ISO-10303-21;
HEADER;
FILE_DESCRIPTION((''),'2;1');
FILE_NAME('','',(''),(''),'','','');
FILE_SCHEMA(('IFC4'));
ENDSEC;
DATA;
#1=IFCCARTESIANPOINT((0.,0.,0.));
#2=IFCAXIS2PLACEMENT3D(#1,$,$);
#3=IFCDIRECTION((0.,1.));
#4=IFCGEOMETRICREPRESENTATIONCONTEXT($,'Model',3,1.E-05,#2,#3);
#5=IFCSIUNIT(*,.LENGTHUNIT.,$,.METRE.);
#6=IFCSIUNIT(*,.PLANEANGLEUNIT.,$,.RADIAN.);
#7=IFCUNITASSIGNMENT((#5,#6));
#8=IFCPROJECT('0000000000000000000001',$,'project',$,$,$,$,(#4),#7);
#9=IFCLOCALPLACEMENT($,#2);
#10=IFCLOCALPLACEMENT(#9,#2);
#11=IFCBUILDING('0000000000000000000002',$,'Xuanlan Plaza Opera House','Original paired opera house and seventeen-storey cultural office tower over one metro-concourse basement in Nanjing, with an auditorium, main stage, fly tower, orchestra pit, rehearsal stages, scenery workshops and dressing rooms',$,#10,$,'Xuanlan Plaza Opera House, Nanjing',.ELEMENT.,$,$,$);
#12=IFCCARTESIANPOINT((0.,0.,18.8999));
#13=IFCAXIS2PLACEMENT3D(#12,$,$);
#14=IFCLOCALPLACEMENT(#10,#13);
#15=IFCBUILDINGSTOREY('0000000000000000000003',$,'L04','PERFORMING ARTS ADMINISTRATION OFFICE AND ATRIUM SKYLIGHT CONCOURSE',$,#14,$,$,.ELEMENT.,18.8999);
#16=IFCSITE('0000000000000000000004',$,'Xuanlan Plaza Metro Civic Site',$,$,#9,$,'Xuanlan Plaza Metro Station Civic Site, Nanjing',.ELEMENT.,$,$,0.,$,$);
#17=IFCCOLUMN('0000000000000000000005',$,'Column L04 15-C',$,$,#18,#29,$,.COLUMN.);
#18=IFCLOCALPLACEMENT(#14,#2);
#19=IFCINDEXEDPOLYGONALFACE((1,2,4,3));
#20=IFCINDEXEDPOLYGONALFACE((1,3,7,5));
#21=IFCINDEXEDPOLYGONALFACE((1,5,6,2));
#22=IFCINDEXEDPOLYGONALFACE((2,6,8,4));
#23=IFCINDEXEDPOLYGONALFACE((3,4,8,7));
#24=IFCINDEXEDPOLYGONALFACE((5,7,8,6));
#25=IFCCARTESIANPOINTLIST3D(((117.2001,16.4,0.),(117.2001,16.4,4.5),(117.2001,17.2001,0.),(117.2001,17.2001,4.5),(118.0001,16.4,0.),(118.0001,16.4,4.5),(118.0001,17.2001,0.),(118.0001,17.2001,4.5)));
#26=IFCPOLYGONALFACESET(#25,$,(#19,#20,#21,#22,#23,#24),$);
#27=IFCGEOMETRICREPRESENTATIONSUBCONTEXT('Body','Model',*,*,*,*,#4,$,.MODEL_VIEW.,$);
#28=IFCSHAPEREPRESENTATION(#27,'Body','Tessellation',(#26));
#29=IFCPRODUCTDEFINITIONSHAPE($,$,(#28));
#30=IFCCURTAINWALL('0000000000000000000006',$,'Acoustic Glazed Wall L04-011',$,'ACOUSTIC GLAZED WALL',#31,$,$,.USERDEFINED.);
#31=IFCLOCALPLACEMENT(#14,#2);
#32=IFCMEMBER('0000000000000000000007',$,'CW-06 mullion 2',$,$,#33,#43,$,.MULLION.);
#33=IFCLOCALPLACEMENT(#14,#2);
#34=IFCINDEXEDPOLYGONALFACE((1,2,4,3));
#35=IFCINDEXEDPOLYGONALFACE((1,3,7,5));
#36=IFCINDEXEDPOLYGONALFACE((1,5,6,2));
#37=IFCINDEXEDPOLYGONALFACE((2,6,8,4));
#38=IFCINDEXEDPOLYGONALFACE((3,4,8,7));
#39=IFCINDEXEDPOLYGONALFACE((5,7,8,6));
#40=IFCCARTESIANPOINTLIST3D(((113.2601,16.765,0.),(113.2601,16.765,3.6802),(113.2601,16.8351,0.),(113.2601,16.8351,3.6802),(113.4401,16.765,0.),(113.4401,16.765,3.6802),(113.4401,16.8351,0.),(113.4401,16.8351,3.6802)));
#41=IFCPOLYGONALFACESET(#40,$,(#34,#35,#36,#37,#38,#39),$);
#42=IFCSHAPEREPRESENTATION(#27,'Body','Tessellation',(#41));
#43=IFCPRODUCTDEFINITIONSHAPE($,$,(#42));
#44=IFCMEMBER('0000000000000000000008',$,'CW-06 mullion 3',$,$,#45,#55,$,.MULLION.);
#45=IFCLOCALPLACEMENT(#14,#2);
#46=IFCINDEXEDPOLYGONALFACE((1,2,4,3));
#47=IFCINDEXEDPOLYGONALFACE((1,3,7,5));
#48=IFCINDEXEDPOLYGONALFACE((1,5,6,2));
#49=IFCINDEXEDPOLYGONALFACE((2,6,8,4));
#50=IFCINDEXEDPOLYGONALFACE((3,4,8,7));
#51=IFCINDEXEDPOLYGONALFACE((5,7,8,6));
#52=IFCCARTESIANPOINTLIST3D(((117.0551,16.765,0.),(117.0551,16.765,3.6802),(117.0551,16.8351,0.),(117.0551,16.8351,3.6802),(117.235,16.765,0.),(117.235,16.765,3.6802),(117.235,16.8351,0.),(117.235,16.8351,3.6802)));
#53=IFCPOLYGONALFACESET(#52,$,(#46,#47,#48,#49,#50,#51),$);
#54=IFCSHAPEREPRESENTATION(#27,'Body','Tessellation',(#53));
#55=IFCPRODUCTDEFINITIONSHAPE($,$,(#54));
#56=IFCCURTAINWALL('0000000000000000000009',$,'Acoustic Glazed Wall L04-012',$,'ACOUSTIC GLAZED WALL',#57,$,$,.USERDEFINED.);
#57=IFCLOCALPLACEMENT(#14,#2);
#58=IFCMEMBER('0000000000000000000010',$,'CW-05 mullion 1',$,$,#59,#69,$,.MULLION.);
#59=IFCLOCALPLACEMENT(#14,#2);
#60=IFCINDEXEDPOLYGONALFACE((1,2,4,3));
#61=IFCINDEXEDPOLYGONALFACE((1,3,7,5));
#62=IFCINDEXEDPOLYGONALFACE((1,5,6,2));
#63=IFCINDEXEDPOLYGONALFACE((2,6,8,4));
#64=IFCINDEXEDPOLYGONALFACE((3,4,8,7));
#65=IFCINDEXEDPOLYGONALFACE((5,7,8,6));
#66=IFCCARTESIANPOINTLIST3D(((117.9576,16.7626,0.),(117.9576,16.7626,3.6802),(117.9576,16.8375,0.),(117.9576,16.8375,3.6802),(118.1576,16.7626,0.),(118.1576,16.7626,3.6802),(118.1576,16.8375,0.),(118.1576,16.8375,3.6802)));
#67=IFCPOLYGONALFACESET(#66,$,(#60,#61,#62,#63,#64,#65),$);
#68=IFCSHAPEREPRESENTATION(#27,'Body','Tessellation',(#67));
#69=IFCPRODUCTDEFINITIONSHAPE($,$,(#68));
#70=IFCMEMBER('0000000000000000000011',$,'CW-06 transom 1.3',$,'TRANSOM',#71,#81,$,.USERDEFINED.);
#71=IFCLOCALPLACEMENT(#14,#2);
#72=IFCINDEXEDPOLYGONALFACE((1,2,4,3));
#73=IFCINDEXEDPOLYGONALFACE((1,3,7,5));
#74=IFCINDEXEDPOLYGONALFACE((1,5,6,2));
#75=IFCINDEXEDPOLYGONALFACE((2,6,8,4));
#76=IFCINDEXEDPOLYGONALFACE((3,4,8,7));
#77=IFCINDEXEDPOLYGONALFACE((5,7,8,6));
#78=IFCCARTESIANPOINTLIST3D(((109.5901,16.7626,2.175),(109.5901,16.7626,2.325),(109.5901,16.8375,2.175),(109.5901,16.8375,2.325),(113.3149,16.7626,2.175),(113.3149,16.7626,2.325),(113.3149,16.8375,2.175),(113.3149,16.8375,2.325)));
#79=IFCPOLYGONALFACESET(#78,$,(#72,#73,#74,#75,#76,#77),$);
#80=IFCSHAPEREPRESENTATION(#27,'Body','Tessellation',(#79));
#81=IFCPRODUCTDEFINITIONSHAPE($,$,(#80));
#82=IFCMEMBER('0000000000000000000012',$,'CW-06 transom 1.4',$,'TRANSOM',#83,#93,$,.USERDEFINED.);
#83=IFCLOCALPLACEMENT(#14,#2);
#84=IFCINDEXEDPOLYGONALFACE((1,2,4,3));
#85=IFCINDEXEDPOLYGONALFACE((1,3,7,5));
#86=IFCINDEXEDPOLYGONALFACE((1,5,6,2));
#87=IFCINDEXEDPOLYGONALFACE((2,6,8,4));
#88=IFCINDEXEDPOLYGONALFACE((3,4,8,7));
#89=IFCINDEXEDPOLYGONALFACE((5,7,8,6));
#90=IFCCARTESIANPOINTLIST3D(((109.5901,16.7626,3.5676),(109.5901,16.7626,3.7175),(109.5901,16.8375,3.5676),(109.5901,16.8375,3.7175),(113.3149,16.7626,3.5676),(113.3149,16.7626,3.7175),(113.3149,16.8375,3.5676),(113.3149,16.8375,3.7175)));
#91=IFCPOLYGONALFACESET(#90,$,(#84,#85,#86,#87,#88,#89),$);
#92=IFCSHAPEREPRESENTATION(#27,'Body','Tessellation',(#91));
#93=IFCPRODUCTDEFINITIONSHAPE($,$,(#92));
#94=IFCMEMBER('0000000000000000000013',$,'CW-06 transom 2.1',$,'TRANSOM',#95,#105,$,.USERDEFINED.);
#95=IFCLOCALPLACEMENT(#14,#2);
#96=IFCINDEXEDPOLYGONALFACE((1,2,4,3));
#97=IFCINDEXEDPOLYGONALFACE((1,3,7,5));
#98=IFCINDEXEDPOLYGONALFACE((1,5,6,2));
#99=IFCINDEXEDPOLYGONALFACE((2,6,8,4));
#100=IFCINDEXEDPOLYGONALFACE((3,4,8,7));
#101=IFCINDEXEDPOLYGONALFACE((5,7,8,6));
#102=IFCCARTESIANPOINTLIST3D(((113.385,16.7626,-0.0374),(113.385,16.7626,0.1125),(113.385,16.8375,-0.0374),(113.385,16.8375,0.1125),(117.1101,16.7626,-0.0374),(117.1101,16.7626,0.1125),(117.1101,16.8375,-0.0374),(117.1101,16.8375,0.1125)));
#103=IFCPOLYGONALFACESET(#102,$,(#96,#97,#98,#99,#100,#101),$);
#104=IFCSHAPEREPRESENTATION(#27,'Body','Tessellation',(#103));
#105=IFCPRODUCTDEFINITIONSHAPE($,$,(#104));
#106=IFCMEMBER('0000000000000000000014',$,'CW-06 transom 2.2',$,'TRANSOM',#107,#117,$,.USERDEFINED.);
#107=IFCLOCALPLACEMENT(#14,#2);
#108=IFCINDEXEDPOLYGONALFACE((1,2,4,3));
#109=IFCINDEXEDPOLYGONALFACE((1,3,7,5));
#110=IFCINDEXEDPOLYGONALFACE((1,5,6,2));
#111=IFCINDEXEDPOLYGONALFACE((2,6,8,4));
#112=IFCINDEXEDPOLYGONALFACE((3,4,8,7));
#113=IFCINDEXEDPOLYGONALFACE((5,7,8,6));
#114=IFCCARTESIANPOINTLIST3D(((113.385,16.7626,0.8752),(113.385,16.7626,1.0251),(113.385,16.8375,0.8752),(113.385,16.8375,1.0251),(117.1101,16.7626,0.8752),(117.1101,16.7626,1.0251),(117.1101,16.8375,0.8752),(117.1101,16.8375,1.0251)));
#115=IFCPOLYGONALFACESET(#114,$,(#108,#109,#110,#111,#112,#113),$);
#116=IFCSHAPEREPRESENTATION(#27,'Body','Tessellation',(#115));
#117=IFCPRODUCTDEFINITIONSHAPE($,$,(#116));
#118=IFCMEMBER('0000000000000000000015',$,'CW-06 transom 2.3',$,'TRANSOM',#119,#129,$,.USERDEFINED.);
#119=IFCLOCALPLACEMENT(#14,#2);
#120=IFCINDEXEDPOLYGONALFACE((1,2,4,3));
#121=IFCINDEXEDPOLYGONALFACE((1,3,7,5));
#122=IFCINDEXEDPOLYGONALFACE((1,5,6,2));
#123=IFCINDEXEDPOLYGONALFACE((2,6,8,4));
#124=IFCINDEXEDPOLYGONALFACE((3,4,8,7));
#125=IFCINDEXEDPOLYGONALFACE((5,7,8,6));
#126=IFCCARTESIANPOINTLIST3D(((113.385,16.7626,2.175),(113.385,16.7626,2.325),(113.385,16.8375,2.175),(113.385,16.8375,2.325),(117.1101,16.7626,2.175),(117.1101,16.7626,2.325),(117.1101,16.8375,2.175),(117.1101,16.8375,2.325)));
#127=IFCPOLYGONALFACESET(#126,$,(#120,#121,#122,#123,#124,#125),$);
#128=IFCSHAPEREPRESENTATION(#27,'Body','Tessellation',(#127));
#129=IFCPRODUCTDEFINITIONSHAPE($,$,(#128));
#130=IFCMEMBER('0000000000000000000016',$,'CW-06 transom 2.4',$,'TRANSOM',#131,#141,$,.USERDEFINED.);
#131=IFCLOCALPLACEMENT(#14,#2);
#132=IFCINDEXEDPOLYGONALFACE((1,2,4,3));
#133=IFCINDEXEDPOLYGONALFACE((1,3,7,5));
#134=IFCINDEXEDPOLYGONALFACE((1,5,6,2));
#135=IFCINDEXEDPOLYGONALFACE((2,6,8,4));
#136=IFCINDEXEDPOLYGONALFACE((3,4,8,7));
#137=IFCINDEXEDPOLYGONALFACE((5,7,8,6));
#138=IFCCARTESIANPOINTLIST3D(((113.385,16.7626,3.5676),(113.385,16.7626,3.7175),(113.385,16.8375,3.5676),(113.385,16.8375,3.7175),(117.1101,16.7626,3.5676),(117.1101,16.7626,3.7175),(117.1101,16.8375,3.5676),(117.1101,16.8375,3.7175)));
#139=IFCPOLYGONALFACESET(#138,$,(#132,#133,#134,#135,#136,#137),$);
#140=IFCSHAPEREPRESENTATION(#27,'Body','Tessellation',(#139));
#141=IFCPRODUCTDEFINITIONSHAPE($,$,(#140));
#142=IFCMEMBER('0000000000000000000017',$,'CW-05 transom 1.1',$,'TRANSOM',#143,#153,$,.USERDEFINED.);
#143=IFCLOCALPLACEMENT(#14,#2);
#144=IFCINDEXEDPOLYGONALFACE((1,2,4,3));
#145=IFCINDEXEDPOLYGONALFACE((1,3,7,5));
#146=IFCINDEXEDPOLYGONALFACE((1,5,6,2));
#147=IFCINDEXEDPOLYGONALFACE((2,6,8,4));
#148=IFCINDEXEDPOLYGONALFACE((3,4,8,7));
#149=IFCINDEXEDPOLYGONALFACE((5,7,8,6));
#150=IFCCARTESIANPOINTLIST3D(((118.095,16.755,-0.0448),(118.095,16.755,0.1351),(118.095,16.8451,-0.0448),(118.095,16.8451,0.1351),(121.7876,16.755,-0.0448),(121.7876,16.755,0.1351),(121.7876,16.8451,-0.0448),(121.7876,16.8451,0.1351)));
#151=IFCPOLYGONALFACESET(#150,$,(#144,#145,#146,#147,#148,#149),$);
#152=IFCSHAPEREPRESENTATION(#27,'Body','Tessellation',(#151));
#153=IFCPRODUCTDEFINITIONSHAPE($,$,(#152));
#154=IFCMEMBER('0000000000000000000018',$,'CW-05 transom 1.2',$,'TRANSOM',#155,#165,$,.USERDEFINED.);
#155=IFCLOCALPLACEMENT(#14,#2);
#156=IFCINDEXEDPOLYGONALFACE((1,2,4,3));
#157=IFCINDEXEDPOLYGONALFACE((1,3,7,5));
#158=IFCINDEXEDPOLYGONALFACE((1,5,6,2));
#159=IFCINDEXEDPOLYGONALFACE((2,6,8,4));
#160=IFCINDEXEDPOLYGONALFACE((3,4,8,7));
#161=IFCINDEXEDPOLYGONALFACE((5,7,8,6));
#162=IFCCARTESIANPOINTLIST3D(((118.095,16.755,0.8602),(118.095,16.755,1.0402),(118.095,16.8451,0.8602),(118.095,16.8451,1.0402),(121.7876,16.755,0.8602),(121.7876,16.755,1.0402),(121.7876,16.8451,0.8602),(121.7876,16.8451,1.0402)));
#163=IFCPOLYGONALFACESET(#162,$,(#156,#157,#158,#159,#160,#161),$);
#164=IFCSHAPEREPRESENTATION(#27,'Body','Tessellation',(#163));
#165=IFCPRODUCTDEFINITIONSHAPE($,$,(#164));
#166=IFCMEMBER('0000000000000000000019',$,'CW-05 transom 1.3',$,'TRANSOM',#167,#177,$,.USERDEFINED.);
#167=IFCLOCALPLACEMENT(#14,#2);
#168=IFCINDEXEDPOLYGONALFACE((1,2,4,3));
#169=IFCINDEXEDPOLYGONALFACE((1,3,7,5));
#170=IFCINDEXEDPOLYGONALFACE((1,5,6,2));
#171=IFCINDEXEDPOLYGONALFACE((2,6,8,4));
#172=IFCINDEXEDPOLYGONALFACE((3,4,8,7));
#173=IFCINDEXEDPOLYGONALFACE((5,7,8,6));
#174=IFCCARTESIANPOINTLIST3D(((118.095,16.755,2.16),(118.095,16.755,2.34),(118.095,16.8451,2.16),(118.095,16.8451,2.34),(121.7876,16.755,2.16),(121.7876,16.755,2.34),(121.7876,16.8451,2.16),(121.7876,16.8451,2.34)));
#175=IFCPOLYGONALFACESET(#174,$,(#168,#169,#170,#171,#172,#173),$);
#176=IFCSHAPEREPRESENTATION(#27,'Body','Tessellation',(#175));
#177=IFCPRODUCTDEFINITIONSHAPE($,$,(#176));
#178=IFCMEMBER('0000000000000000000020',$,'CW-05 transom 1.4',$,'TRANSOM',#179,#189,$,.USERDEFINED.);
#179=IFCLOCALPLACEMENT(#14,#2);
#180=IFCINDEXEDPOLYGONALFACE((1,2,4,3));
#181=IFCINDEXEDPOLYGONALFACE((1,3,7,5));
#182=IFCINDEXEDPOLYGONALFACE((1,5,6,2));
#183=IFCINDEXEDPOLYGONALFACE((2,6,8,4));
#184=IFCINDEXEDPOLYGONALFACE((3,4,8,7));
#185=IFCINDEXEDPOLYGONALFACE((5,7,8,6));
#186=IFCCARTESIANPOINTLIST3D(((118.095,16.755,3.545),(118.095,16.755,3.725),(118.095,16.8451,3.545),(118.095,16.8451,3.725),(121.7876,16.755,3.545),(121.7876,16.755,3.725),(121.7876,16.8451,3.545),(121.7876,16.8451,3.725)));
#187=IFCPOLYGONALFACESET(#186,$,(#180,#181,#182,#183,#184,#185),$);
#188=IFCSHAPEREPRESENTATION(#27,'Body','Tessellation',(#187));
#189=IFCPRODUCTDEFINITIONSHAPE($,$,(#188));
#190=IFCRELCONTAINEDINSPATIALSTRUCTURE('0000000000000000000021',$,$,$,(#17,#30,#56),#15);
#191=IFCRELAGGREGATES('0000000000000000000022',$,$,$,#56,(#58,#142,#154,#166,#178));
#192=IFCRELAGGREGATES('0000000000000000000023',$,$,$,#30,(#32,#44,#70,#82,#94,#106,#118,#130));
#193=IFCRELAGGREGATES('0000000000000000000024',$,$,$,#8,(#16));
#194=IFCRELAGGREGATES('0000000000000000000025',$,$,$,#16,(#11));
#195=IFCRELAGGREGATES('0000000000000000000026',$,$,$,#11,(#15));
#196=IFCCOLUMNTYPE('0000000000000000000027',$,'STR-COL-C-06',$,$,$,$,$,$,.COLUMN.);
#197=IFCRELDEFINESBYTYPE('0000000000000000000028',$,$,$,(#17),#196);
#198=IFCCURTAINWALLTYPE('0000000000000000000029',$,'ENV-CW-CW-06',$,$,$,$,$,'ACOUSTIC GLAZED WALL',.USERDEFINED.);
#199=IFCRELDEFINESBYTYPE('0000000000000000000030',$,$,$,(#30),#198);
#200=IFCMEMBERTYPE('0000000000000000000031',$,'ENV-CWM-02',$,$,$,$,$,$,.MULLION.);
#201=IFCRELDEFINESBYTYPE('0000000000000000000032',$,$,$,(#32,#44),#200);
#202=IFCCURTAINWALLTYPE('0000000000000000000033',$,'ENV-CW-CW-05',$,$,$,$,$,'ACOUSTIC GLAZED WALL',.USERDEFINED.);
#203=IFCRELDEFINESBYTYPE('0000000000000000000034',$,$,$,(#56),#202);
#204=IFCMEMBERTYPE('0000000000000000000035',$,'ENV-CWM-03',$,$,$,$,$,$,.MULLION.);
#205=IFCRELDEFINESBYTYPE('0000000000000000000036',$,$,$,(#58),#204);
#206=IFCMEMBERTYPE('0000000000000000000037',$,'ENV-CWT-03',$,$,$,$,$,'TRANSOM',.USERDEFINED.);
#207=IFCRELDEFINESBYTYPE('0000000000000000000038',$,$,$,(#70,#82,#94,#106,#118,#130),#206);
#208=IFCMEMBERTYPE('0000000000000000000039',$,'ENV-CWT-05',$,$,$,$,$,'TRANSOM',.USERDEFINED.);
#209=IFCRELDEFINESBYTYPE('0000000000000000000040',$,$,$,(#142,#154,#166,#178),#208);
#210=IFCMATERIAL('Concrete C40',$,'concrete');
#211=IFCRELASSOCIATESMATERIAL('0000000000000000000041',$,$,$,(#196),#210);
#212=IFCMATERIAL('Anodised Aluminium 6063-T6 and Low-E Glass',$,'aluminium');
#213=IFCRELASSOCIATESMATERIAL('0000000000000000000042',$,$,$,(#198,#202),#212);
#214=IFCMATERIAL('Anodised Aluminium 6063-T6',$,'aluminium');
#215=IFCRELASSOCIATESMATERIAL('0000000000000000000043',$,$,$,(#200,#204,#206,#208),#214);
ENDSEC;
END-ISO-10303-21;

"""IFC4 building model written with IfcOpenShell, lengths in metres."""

from ifc_helpers import new_model, si_unit, direction, frame, origin, origin_2d, place, context, subcontext, project, spatial, rectangle, extrude, material, material_profile, profile_set, type_object, element, aggregate, save


model = new_model("IFC4")

# Units and contexts
model_context = context("Model", 3, precision=1e-05, world=origin(), true_north=direction((0.0, 1.0)))
body_context = subcontext(model_context, "Body", "Model", "MODEL_VIEW")
ifc_project = project(units=[si_unit("LENGTHUNIT", "METRE"), si_unit("PLANEANGLEUNIT", "RADIAN")], contexts=[model_context])

# Site, building, storey
site_placement = place(None, origin())
site = spatial("IfcSite", under=ifc_project, at=site_placement, Name="Xuanlan Plaza Metro Civic Site", LongName="Xuanlan Plaza Metro Station Civic Site, Nanjing", CompositionType="ELEMENT", RefElevation=0.0)
building_placement = place(site_placement, origin())
building = spatial("IfcBuilding", under=site, at=building_placement, Name="Xuanlan Plaza Opera House", Description="Original paired opera house and seventeen-storey cultural office tower over one metro-concourse basement in Nanjing, with an auditorium, main stage, fly tower, orchestra pit, rehearsal stages, scenery workshops and dressing rooms", LongName="Xuanlan Plaza Opera House, Nanjing", CompositionType="ELEMENT")
storey_placement = place(building_placement, frame((0.0, 0.0, 18.8999)))
storey = spatial("IfcBuildingStorey", under=building, at=storey_placement, Name="L04", Description="PERFORMING ARTS ADMINISTRATION OFFICE AND ATRIUM SKYLIGHT CONCOURSE", CompositionType="ELEMENT", Elevation=18.8999)

# Column
ifc_material_1 = material(Name="Concrete C40", Category="concrete")
ifc_material_profile_1 = material_profile(ifc_material_1, rectangle(XDim=0.8, YDim=0.8, at=origin_2d()), Name="RC-COL 800x800")
ifc_profile_set_1 = profile_set([ifc_material_profile_1], Name="Concrete C40")
column_type = type_object("IfcColumnType", Name="STR-COL-C-06", PredefinedType="COLUMN", material=ifc_profile_set_1)
column_placement = place(storey_placement, frame((117.6001, 16.8, 0.0), z_axis=(0.0, 0.0, 1.0), x_axis=(1.0, 0.0, 0.0)))
element("IfcColumn", 1, at=column_placement, inside=storey, type_object=column_type, Name="Column L04 15-C", PredefinedType="COLUMN", context=body_context, shape_type="SweptSolid", body=[
    extrude(rectangle(XDim=0.8, YDim=0.8, at=origin_2d()), origin(), (0.0, 0.0, 1.0), 4.5),
])

# Curtain wall, members
ifc_material_2 = material(Name="Anodised Aluminium 6063-T6 and Low-E Glass", Category="aluminium")
curtain_wall_type_1 = type_object("IfcCurtainWallType", Name="ENV-CW-CW-06", ElementType="ACOUSTIC GLAZED WALL", PredefinedType="USERDEFINED", material=ifc_material_2)
curtain_wall_1_placement = place(storey_placement, origin())
curtain_wall_1 = element("IfcCurtainWall", 2, at=curtain_wall_1_placement, inside=storey, type_object=curtain_wall_type_1, Name="Acoustic Glazed Wall L04-011", ObjectType="ACOUSTIC GLAZED WALL", PredefinedType="USERDEFINED")
ifc_material_3 = material(Name="Anodised Aluminium 6063-T6", Category="aluminium")
ifc_material_profile_2 = material_profile(ifc_material_3, rectangle(XDim=0.0701, YDim=0.1799, at=origin_2d()), Name="ALU-M 70x180")
ifc_profile_set_2 = profile_set([ifc_material_profile_2], Name="Anodised Aluminium 6063-T6")
member_type_1 = type_object("IfcMemberType", Name="ENV-CWM-02", PredefinedType="MULLION", material=ifc_profile_set_2)
member_1_placement = place(storey_placement, frame((113.3501, 16.8, 0.0), z_axis=(0.0, 0.0, 1.0), x_axis=(0.0, 1.0, 0.0)))
member_1 = element("IfcMember", 3, at=member_1_placement, type_object=member_type_1, Name="CW-06 mullion 2", PredefinedType="MULLION", context=body_context, shape_type="SweptSolid", body=[
    extrude(rectangle(XDim=0.0701, YDim=0.1799, at=origin_2d()), origin(), (0.0, 0.0, 1.0), 3.6802),
])
member_2_placement = place(storey_placement, frame((117.145, 16.8, 0.0), z_axis=(0.0, 0.0, 1.0), x_axis=(0.0, 1.0, 0.0)))
member_2 = element("IfcMember", 4, at=member_2_placement, type_object=member_type_1, Name="CW-06 mullion 3", PredefinedType="MULLION", context=body_context, shape_type="SweptSolid", body=[
    extrude(rectangle(XDim=0.0701, YDim=0.1799, at=origin_2d()), origin(), (0.0, 0.0, 1.0), 3.6802),
])

# Curtain wall, member
curtain_wall_type_2 = type_object("IfcCurtainWallType", Name="ENV-CW-CW-05", ElementType="ACOUSTIC GLAZED WALL", PredefinedType="USERDEFINED", material=ifc_material_2)
curtain_wall_2_placement = place(storey_placement, origin())
curtain_wall_2 = element("IfcCurtainWall", 5, at=curtain_wall_2_placement, inside=storey, type_object=curtain_wall_type_2, Name="Acoustic Glazed Wall L04-012", ObjectType="ACOUSTIC GLAZED WALL", PredefinedType="USERDEFINED")
ifc_material_profile_3 = material_profile(ifc_material_3, rectangle(XDim=0.075, YDim=0.2, at=origin_2d()), Name="ALU-M 75x200")
ifc_profile_set_3 = profile_set([ifc_material_profile_3], Name="Anodised Aluminium 6063-T6")
member_type_2 = type_object("IfcMemberType", Name="ENV-CWM-03", PredefinedType="MULLION", material=ifc_profile_set_3)
member_3_placement = place(storey_placement, frame((118.0576, 16.8, 0.0), z_axis=(0.0, 0.0, 1.0), x_axis=(0.0, 1.0, 0.0)))
member_3 = element("IfcMember", 6, at=member_3_placement, type_object=member_type_2, Name="CW-05 mullion 1", PredefinedType="MULLION", context=body_context, shape_type="SweptSolid", body=[
    extrude(rectangle(XDim=0.075, YDim=0.2, at=origin_2d()), origin(), (0.0, 0.0, 1.0), 3.6802),
])

# Members
ifc_material_profile_4 = material_profile(ifc_material_3, rectangle(XDim=0.075, YDim=0.1499, at=origin_2d()), Name="ALU-T 75x150")
ifc_profile_set_4 = profile_set([ifc_material_profile_4], Name="Anodised Aluminium 6063-T6")
member_type_3 = type_object("IfcMemberType", Name="ENV-CWT-03", ElementType="TRANSOM", PredefinedType="USERDEFINED", material=ifc_profile_set_4)
member_4_placement = place(storey_placement, frame((109.5901, 16.8, 2.25), z_axis=(1.0, 0.0, 0.0), x_axis=(0.0, 1.0, 0.0)))
member_4 = element("IfcMember", 7, at=member_4_placement, type_object=member_type_3, Name="CW-06 transom 1.3", ObjectType="TRANSOM", PredefinedType="USERDEFINED", context=body_context, shape_type="SweptSolid", body=[
    extrude(rectangle(XDim=0.075, YDim=0.1499, at=origin_2d()), origin(), (0.0, 0.0, 1.0), 3.7249),
])
member_5_placement = place(storey_placement, frame((109.5901, 16.8, 3.6426), z_axis=(1.0, 0.0, 0.0), x_axis=(0.0, 1.0, 0.0)))
member_5 = element("IfcMember", 8, at=member_5_placement, type_object=member_type_3, Name="CW-06 transom 1.4", ObjectType="TRANSOM", PredefinedType="USERDEFINED", context=body_context, shape_type="SweptSolid", body=[
    extrude(rectangle(XDim=0.075, YDim=0.1499, at=origin_2d()), origin(), (0.0, 0.0, 1.0), 3.7249),
])
member_6_placement = place(storey_placement, frame((113.385, 16.8, 0.0376), z_axis=(1.0, 0.0, 0.0), x_axis=(0.0, 1.0, 0.0)))
member_6 = element("IfcMember", 9, at=member_6_placement, type_object=member_type_3, Name="CW-06 transom 2.1", ObjectType="TRANSOM", PredefinedType="USERDEFINED", context=body_context, shape_type="SweptSolid", body=[
    extrude(rectangle(XDim=0.075, YDim=0.1499, at=origin_2d()), origin(), (0.0, 0.0, 1.0), 3.7251),
])
member_7_placement = place(storey_placement, frame((113.385, 16.8, 0.9502), z_axis=(1.0, 0.0, 0.0), x_axis=(0.0, 1.0, 0.0)))
member_7 = element("IfcMember", 10, at=member_7_placement, type_object=member_type_3, Name="CW-06 transom 2.2", ObjectType="TRANSOM", PredefinedType="USERDEFINED", context=body_context, shape_type="SweptSolid", body=[
    extrude(rectangle(XDim=0.075, YDim=0.1499, at=origin_2d()), origin(), (0.0, 0.0, 1.0), 3.7251),
])
member_8_placement = place(storey_placement, frame((113.385, 16.8, 2.25), z_axis=(1.0, 0.0, 0.0), x_axis=(0.0, 1.0, 0.0)))
member_8 = element("IfcMember", 11, at=member_8_placement, type_object=member_type_3, Name="CW-06 transom 2.3", ObjectType="TRANSOM", PredefinedType="USERDEFINED", context=body_context, shape_type="SweptSolid", body=[
    extrude(rectangle(XDim=0.075, YDim=0.1499, at=origin_2d()), origin(), (0.0, 0.0, 1.0), 3.7251),
])
member_9_placement = place(storey_placement, frame((113.385, 16.8, 3.6426), z_axis=(1.0, 0.0, 0.0), x_axis=(0.0, 1.0, 0.0)))
member_9 = element("IfcMember", 12, at=member_9_placement, type_object=member_type_3, Name="CW-06 transom 2.4", ObjectType="TRANSOM", PredefinedType="USERDEFINED", context=body_context, shape_type="SweptSolid", body=[
    extrude(rectangle(XDim=0.075, YDim=0.1499, at=origin_2d()), origin(), (0.0, 0.0, 1.0), 3.7251),
])
ifc_material_profile_5 = material_profile(ifc_material_3, rectangle(XDim=0.0901, YDim=0.1799, at=origin_2d()), Name="ALU-T 90x180")
ifc_profile_set_5 = profile_set([ifc_material_profile_5], Name="Anodised Aluminium 6063-T6")
member_type_4 = type_object("IfcMemberType", Name="ENV-CWT-05", ElementType="TRANSOM", PredefinedType="USERDEFINED", material=ifc_profile_set_5)
member_10_placement = place(storey_placement, frame((118.095, 16.8, 0.0452), z_axis=(1.0, 0.0, 0.0), x_axis=(0.0, 1.0, 0.0)))
member_10 = element("IfcMember", 13, at=member_10_placement, type_object=member_type_4, Name="CW-05 transom 1.1", ObjectType="TRANSOM", PredefinedType="USERDEFINED", context=body_context, shape_type="SweptSolid", body=[
    extrude(rectangle(XDim=0.0901, YDim=0.1799, at=origin_2d()), origin(), (0.0, 0.0, 1.0), 3.6926),
])
member_11_placement = place(storey_placement, frame((118.095, 16.8, 0.9502), z_axis=(1.0, 0.0, 0.0), x_axis=(0.0, 1.0, 0.0)))
member_11 = element("IfcMember", 14, at=member_11_placement, type_object=member_type_4, Name="CW-05 transom 1.2", ObjectType="TRANSOM", PredefinedType="USERDEFINED", context=body_context, shape_type="SweptSolid", body=[
    extrude(rectangle(XDim=0.0901, YDim=0.1799, at=origin_2d()), origin(), (0.0, 0.0, 1.0), 3.6926),
])
member_12_placement = place(storey_placement, frame((118.095, 16.8, 2.25), z_axis=(1.0, 0.0, 0.0), x_axis=(0.0, 1.0, 0.0)))
member_12 = element("IfcMember", 15, at=member_12_placement, type_object=member_type_4, Name="CW-05 transom 1.3", ObjectType="TRANSOM", PredefinedType="USERDEFINED", context=body_context, shape_type="SweptSolid", body=[
    extrude(rectangle(XDim=0.0901, YDim=0.1799, at=origin_2d()), origin(), (0.0, 0.0, 1.0), 3.6926),
])
member_13_placement = place(storey_placement, frame((118.095, 16.8, 3.635), z_axis=(1.0, 0.0, 0.0), x_axis=(0.0, 1.0, 0.0)))
member_13 = element("IfcMember", 16, at=member_13_placement, type_object=member_type_4, Name="CW-05 transom 1.4", ObjectType="TRANSOM", PredefinedType="USERDEFINED", context=body_context, shape_type="SweptSolid", body=[
    extrude(rectangle(XDim=0.0901, YDim=0.1799, at=origin_2d()), origin(), (0.0, 0.0, 1.0), 3.6926),
])
aggregate(curtain_wall_2, [member_3, member_10, member_11, member_12, member_13])

aggregate(curtain_wall_1, [member_1, member_2, member_4, member_5, member_6, member_7, member_8, member_9])

save(model, "model.ifc")
